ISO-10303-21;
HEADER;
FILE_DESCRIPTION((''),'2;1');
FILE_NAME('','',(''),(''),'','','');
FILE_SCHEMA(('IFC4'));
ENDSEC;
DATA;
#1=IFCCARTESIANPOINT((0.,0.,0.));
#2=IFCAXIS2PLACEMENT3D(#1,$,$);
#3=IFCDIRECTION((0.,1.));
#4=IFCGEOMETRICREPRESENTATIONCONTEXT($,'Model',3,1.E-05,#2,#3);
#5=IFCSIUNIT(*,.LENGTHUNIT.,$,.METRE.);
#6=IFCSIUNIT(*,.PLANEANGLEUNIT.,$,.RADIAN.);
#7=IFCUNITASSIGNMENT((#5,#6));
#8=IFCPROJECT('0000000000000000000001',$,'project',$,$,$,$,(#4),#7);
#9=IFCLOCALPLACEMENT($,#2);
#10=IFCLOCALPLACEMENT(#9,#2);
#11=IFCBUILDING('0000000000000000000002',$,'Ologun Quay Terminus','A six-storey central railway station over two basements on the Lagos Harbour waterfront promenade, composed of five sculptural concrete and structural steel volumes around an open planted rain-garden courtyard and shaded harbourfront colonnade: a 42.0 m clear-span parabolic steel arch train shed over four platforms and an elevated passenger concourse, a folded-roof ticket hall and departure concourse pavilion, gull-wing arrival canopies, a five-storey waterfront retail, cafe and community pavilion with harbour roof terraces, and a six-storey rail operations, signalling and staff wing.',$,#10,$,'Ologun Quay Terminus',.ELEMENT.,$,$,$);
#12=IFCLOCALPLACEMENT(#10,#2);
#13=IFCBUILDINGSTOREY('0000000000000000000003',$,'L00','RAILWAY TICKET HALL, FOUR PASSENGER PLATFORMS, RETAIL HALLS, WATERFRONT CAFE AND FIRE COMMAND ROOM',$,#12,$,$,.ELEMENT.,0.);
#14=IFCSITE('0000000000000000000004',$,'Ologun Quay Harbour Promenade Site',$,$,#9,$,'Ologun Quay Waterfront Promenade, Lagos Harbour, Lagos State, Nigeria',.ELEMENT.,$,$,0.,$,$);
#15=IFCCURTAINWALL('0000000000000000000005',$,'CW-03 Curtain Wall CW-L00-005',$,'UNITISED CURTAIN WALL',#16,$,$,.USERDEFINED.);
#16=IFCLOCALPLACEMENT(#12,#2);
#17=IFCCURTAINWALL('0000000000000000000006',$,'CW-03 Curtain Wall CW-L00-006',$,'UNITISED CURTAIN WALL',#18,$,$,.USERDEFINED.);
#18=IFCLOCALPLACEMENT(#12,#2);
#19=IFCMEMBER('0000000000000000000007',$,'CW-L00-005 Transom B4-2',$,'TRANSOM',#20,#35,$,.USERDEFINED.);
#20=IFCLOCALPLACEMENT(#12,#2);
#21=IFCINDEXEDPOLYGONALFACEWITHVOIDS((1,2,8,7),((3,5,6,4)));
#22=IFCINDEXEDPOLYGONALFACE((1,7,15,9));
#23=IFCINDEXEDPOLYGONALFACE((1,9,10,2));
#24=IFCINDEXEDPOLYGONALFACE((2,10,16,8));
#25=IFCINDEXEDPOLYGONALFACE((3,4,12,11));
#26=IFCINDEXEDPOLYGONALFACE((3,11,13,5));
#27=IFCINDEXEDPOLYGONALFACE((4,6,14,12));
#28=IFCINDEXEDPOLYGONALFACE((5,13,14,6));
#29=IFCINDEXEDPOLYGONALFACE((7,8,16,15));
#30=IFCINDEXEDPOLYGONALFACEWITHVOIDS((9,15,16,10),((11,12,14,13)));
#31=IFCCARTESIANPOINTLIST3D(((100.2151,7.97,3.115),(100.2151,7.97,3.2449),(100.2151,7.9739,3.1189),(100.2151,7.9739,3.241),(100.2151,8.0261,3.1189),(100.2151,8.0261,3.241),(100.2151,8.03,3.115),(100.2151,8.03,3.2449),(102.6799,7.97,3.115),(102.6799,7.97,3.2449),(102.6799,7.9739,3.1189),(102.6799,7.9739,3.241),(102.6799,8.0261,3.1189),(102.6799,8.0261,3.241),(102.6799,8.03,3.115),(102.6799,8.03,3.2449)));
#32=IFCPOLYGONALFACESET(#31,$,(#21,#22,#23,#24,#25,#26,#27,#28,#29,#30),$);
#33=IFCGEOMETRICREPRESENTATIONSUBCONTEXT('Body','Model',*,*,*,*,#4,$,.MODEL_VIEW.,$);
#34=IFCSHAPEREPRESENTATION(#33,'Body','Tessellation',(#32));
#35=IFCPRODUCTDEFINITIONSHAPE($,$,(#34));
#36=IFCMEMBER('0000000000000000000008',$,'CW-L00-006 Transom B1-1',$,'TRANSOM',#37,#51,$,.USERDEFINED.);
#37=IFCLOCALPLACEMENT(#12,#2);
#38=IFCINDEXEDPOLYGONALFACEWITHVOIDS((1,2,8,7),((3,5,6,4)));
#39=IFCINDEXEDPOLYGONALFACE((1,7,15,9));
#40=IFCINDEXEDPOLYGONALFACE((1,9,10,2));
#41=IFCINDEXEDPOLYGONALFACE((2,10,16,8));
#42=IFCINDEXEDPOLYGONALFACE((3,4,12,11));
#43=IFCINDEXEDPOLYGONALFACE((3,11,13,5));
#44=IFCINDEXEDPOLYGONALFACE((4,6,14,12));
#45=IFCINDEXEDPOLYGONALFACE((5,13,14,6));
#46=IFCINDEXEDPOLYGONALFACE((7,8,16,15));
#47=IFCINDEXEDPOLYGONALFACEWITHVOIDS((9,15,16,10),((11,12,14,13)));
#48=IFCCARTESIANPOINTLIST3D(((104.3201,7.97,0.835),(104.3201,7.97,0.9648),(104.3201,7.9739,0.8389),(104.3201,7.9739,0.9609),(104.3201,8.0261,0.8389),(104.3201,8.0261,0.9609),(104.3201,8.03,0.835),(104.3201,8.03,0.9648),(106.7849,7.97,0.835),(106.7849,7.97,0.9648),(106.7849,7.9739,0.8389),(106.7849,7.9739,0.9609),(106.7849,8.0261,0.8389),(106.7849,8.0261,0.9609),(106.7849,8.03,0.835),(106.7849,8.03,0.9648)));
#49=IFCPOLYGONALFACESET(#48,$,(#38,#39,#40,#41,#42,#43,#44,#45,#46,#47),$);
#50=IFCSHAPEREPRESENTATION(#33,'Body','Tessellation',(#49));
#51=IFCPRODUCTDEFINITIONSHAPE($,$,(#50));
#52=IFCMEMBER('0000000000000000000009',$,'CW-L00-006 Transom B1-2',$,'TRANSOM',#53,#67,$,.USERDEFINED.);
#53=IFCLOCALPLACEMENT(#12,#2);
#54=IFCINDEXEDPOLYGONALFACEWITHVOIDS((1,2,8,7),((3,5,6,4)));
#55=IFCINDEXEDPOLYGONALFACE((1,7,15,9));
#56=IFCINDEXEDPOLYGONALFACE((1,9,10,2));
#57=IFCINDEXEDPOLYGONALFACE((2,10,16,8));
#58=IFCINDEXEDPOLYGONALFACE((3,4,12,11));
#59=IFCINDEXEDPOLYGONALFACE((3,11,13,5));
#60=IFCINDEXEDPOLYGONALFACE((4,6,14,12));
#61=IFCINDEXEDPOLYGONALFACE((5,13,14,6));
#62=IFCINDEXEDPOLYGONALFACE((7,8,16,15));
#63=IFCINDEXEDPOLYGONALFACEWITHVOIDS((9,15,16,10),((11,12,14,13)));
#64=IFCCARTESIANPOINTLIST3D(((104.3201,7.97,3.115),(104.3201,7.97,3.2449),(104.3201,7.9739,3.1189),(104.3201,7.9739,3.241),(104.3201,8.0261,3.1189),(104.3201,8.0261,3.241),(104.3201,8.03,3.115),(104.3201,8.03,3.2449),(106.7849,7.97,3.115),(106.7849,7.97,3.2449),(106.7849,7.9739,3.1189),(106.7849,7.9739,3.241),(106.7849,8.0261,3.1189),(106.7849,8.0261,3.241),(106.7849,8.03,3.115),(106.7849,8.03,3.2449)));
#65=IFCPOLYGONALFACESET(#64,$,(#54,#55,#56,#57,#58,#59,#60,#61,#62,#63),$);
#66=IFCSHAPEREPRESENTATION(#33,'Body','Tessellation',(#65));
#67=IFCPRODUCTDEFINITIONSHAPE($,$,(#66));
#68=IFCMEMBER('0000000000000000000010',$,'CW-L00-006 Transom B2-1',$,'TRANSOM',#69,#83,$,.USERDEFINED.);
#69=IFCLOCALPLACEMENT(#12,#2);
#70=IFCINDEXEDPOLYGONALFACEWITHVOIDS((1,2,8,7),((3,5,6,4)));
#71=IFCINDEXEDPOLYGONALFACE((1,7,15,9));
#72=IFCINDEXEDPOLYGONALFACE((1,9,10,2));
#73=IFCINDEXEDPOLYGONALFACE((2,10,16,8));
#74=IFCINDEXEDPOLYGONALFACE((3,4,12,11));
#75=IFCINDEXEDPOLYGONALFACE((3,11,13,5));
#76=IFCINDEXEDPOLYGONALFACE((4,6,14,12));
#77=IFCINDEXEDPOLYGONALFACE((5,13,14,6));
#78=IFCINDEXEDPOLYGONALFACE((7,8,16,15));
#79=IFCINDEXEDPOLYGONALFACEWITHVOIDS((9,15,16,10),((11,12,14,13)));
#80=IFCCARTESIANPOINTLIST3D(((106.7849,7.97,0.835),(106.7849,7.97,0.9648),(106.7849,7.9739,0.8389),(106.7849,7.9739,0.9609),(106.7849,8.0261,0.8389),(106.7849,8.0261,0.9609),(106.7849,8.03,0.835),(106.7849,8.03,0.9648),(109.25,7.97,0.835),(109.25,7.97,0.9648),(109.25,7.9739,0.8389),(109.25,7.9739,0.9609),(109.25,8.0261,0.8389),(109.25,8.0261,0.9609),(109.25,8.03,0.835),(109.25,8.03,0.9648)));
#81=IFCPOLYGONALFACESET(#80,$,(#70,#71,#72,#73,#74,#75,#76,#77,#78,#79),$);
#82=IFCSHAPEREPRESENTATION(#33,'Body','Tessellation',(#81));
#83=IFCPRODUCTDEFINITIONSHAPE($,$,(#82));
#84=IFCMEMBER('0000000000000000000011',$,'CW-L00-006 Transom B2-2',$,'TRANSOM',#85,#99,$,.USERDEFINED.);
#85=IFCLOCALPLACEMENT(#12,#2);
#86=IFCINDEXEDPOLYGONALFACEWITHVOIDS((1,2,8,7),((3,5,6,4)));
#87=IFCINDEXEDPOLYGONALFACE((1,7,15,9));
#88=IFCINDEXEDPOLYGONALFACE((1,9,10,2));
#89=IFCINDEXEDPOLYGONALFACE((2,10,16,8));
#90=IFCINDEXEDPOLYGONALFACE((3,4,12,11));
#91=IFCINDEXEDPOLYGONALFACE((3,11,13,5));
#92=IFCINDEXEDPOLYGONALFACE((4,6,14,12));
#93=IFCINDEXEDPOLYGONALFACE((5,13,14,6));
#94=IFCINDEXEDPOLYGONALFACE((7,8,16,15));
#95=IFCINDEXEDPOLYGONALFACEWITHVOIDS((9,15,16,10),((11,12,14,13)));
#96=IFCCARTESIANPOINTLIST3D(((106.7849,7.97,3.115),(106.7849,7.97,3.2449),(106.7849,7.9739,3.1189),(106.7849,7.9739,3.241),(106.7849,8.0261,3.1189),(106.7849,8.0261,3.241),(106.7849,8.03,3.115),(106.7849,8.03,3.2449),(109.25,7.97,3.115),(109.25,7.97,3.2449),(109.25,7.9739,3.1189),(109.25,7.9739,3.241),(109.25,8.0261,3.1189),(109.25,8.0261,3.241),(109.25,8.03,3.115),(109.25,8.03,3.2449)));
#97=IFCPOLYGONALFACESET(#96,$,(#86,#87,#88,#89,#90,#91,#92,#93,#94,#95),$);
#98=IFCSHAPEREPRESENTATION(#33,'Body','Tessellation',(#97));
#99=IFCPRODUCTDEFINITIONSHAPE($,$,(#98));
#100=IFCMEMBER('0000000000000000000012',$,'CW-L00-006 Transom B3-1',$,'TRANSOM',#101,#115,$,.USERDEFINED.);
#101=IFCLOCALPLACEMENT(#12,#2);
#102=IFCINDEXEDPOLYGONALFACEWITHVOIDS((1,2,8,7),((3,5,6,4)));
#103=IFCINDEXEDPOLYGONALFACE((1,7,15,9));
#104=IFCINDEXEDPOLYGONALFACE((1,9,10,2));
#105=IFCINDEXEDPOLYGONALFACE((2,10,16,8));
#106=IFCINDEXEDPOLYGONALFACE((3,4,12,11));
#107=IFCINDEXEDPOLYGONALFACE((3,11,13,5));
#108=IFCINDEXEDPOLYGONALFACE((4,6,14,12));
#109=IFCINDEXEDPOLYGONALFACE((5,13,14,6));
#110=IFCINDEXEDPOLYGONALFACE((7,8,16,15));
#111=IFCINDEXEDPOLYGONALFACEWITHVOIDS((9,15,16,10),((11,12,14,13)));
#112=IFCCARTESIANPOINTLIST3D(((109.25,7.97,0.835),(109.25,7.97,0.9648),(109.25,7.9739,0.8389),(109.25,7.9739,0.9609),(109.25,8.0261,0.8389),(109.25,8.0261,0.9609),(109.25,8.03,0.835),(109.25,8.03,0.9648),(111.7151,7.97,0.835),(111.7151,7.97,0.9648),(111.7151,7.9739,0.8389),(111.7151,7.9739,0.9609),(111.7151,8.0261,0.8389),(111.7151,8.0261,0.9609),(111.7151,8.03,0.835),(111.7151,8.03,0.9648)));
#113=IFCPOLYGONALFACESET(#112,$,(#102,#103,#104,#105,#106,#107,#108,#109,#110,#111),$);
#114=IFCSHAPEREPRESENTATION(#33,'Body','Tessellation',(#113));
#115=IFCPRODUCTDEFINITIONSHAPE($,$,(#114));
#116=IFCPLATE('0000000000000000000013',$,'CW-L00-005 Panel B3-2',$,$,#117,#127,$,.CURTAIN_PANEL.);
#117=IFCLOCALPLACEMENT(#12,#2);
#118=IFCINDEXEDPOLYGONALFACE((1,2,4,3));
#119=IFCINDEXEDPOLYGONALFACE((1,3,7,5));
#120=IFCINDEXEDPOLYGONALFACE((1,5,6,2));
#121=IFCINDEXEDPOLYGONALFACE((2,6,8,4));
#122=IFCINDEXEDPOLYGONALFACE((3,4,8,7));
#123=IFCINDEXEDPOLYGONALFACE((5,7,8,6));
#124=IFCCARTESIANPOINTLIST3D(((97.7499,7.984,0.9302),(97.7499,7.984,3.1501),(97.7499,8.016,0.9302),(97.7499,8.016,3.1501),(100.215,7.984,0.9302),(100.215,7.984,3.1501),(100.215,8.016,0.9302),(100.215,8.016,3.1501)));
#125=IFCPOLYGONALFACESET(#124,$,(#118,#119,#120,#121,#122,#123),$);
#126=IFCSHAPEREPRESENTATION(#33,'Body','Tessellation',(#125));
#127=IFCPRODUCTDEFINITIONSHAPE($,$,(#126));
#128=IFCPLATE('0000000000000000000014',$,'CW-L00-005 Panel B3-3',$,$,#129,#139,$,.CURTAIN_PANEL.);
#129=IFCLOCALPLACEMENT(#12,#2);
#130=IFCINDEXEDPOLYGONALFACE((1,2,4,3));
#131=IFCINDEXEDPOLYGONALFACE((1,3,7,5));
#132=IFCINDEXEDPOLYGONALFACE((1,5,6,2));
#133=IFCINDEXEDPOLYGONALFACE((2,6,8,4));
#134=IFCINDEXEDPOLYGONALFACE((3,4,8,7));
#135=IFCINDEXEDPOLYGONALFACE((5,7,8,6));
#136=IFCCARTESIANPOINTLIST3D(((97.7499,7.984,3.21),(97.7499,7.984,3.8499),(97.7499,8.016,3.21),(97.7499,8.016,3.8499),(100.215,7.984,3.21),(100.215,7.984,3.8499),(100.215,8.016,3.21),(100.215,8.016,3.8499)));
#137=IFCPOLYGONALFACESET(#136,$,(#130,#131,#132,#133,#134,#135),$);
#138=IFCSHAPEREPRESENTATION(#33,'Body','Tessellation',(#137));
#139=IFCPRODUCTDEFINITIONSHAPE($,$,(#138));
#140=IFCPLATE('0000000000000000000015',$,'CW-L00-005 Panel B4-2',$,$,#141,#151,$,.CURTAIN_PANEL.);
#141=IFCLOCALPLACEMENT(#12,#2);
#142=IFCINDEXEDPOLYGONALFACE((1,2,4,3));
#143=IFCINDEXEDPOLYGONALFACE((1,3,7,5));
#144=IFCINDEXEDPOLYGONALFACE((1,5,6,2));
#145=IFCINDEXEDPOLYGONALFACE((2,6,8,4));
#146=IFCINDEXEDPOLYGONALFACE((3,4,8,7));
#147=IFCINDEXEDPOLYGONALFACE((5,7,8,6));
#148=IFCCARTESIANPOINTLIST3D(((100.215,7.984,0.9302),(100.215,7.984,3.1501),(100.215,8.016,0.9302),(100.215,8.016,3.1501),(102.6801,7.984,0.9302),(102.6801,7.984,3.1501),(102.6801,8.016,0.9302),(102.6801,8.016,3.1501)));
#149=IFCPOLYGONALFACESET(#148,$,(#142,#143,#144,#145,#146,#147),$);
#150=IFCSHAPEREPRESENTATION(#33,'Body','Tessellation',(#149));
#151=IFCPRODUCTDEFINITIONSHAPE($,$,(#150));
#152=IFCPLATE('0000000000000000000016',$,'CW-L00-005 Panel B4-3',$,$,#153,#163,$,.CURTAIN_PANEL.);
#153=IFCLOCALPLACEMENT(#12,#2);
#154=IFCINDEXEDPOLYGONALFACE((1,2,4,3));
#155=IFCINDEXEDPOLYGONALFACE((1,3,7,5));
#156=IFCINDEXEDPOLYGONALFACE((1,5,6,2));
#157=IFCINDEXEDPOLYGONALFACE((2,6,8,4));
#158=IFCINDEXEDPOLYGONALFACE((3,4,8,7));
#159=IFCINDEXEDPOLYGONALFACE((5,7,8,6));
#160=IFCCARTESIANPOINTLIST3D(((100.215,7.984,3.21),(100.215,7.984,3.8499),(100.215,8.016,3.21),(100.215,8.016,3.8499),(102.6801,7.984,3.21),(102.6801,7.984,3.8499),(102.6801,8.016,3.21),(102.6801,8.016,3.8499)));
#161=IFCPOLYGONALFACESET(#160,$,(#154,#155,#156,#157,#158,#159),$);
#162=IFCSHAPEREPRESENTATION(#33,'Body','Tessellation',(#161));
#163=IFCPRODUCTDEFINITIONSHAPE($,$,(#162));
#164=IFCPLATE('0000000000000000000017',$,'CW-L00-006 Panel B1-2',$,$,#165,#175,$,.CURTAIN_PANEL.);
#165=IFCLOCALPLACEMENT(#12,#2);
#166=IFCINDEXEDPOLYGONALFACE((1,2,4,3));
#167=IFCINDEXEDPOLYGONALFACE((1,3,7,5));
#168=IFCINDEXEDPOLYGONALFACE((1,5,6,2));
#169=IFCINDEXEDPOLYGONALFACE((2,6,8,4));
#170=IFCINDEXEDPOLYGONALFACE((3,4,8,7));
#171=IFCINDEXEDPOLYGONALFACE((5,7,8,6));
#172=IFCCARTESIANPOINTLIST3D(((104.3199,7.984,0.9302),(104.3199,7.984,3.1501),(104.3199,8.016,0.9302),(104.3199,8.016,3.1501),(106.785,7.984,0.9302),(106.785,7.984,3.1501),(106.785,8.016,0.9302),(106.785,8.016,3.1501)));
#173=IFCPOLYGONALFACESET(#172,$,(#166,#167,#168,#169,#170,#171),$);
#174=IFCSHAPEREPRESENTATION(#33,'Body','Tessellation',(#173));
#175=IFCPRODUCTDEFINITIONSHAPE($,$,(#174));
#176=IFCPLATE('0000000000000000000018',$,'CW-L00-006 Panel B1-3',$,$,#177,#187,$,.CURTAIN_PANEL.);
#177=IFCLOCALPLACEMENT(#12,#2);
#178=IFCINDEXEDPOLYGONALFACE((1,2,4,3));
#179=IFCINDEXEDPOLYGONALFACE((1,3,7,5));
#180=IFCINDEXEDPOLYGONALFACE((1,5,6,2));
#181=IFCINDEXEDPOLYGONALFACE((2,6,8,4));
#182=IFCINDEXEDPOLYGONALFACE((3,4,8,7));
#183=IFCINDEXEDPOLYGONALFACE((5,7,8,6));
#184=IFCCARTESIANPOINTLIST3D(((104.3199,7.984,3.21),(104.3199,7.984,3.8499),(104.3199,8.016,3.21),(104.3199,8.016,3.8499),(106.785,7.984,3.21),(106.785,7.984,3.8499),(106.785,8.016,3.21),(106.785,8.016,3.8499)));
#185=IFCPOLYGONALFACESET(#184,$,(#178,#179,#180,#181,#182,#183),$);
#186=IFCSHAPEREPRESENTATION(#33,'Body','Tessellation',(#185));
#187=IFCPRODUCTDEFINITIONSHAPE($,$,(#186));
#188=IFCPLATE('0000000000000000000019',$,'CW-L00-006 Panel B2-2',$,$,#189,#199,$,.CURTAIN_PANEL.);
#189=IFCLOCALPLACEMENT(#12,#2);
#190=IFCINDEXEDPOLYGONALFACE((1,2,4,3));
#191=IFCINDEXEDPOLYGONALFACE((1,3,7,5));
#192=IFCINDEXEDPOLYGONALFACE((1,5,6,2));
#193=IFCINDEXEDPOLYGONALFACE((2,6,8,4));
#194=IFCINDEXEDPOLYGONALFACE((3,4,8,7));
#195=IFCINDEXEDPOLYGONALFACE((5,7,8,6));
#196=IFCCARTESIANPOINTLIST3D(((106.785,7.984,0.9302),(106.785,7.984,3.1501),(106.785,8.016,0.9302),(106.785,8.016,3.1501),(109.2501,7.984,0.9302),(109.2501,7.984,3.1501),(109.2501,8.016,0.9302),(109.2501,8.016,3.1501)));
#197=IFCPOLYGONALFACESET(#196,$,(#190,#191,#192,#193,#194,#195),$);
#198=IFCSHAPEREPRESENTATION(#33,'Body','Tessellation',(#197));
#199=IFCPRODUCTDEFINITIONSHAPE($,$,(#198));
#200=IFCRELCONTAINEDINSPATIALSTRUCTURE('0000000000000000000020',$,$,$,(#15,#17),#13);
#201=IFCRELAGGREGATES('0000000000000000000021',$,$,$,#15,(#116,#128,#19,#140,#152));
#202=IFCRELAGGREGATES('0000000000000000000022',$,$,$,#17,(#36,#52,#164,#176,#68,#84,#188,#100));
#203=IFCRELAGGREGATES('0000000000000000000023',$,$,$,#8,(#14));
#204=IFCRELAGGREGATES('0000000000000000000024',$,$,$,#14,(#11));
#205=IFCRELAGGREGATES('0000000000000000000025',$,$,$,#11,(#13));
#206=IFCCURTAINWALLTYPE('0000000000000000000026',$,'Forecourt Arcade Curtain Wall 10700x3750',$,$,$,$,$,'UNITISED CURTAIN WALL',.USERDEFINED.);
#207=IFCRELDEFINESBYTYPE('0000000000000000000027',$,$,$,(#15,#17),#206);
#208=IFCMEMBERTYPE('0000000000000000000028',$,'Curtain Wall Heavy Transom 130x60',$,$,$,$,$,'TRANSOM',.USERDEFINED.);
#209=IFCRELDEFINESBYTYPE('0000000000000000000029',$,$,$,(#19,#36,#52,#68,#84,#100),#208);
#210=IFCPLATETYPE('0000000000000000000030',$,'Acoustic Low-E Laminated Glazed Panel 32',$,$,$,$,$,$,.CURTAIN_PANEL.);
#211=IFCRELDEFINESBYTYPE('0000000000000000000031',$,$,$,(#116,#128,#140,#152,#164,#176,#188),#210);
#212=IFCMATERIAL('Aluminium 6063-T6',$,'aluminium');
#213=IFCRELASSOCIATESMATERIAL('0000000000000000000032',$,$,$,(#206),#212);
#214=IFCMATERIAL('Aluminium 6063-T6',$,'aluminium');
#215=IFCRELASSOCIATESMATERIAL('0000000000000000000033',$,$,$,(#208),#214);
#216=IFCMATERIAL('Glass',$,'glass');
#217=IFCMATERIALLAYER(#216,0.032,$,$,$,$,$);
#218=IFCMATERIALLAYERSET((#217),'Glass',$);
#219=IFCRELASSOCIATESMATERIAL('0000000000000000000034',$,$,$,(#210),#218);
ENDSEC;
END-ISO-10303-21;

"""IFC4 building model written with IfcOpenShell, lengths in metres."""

from ifc_helpers import new_model, si_unit, direction, frame, origin, origin_2d, place, context, subcontext, project, spatial, rectangle, hollow_rectangle, extrude, material, layer, layer_set, material_profile, profile_set, type_object, element, aggregate, save


model = new_model("IFC4")

# Units and contexts
model_context = context("Model", 3, precision=1e-05, world=origin(), true_north=direction((0.0, 1.0)))
body_context = subcontext(model_context, "Body", "Model", "MODEL_VIEW")
ifc_project = project(units=[si_unit("LENGTHUNIT", "METRE"), si_unit("PLANEANGLEUNIT", "RADIAN")], contexts=[model_context])

# Site, building, storey
site_placement = place(None, origin())
site = spatial("IfcSite", under=ifc_project, at=site_placement, Name="Ologun Quay Harbour Promenade Site", LongName="Ologun Quay Waterfront Promenade, Lagos Harbour, Lagos State, Nigeria", CompositionType="ELEMENT", RefElevation=0.0)
building_placement = place(site_placement, origin())
building = spatial("IfcBuilding", under=site, at=building_placement, Name="Ologun Quay Terminus", Description="A six-storey central railway station over two basements on the Lagos Harbour waterfront promenade, composed of five sculptural concrete and structural steel volumes around an open planted rain-garden courtyard and shaded harbourfront colonnade: a 42.0 m clear-span parabolic steel arch train shed over four platforms and an elevated passenger concourse, a folded-roof ticket hall and departure concourse pavilion, gull-wing arrival canopies, a five-storey waterfront retail, cafe and community pavilion with harbour roof terraces, and a six-storey rail operations, signalling and staff wing.", LongName="Ologun Quay Terminus", CompositionType="ELEMENT")
storey_placement = place(building_placement, origin())
storey = spatial("IfcBuildingStorey", under=building, at=storey_placement, Name="L00", Description="RAILWAY TICKET HALL, FOUR PASSENGER PLATFORMS, RETAIL HALLS, WATERFRONT CAFE AND FIRE COMMAND ROOM", CompositionType="ELEMENT", Elevation=0.0)

# Curtain walls
ifc_material_1 = material(Name="Aluminium 6063-T6", Category="aluminium")
curtain_wall_type = type_object("IfcCurtainWallType", Name="Forecourt Arcade Curtain Wall 10700x3750", ElementType="UNITISED CURTAIN WALL", PredefinedType="USERDEFINED", material=ifc_material_1)
curtain_wall_1_placement = place(storey_placement, origin())
curtain_wall_1 = element("IfcCurtainWall", 1, at=curtain_wall_1_placement, inside=storey, type_object=curtain_wall_type, Name="CW-03 Curtain Wall CW-L00-005", ObjectType="UNITISED CURTAIN WALL", PredefinedType="USERDEFINED")
curtain_wall_2_placement = place(storey_placement, origin())
curtain_wall_2 = element("IfcCurtainWall", 2, at=curtain_wall_2_placement, inside=storey, type_object=curtain_wall_type, Name="CW-03 Curtain Wall CW-L00-006", ObjectType="UNITISED CURTAIN WALL", PredefinedType="USERDEFINED")

# Members
ifc_material_2 = material(Name="Aluminium 6063-T6", Category="aluminium")
ifc_material_profile_1 = material_profile(ifc_material_2, hollow_rectangle(XDim=0.0601, YDim=0.1299, WallThickness=0.0039, at=origin_2d()), Name="ALU 130x60x4")
ifc_profile_set_1 = profile_set([ifc_material_profile_1], Name="Aluminium 6063-T6")
member_type_1 = type_object("IfcMemberType", Name="Curtain Wall Heavy Transom 130x60", ElementType="TRANSOM", PredefinedType="USERDEFINED", material=ifc_profile_set_1)
member_1_placement = place(storey_placement, frame((100.2151, 8.0, 3.1799), z_axis=(1.0, 0.0, 0.0), x_axis=(0.0, 1.0, 0.0)))
member_1 = element("IfcMember", 3, at=member_1_placement, type_object=member_type_1, Name="CW-L00-005 Transom B4-2", ObjectType="TRANSOM", PredefinedType="USERDEFINED", context=body_context, shape_type="SweptSolid", body=[
    extrude(hollow_rectangle(XDim=0.0601, YDim=0.1299, WallThickness=0.0039, at=origin_2d()), origin(), (0.0, 0.0, 1.0), 2.4648),
])
member_2_placement = place(storey_placement, frame((104.3201, 8.0, 0.8999), z_axis=(1.0, 0.0, 0.0), x_axis=(0.0, 1.0, 0.0)))
member_2 = element("IfcMember", 4, at=member_2_placement, type_object=member_type_1, Name="CW-L00-006 Transom B1-1", ObjectType="TRANSOM", PredefinedType="USERDEFINED", context=body_context, shape_type="SweptSolid", body=[
    extrude(hollow_rectangle(XDim=0.0601, YDim=0.1299, WallThickness=0.0039, at=origin_2d()), origin(), (0.0, 0.0, 1.0), 2.4648),
])
member_3_placement = place(storey_placement, frame((104.3201, 8.0, 3.1799), z_axis=(1.0, 0.0, 0.0), x_axis=(0.0, 1.0, 0.0)))
member_3 = element("IfcMember", 5, at=member_3_placement, type_object=member_type_1, Name="CW-L00-006 Transom B1-2", ObjectType="TRANSOM", PredefinedType="USERDEFINED", context=body_context, shape_type="SweptSolid", body=[
    extrude(hollow_rectangle(XDim=0.0601, YDim=0.1299, WallThickness=0.0039, at=origin_2d()), origin(), (0.0, 0.0, 1.0), 2.4648),
])
member_4_placement = place(storey_placement, frame((106.7849, 8.0, 0.8999), z_axis=(1.0, 0.0, 0.0), x_axis=(0.0, 1.0, 0.0)))
member_4 = element("IfcMember", 6, at=member_4_placement, type_object=member_type_1, Name="CW-L00-006 Transom B2-1", ObjectType="TRANSOM", PredefinedType="USERDEFINED", context=body_context, shape_type="SweptSolid", body=[
    extrude(hollow_rectangle(XDim=0.0601, YDim=0.1299, WallThickness=0.0039, at=origin_2d()), origin(), (0.0, 0.0, 1.0), 2.4651),
])
member_5_placement = place(storey_placement, frame((106.7849, 8.0, 3.1799), z_axis=(1.0, 0.0, 0.0), x_axis=(0.0, 1.0, 0.0)))
member_5 = element("IfcMember", 7, at=member_5_placement, type_object=member_type_1, Name="CW-L00-006 Transom B2-2", ObjectType="TRANSOM", PredefinedType="USERDEFINED", context=body_context, shape_type="SweptSolid", body=[
    extrude(hollow_rectangle(XDim=0.0601, YDim=0.1299, WallThickness=0.0039, at=origin_2d()), origin(), (0.0, 0.0, 1.0), 2.4651),
])
member_6_placement = place(storey_placement, frame((109.25, 8.0, 0.8999), z_axis=(1.0, 0.0, 0.0), x_axis=(0.0, 1.0, 0.0)))
member_6 = element("IfcMember", 8, at=member_6_placement, type_object=member_type_1, Name="CW-L00-006 Transom B3-1", ObjectType="TRANSOM", PredefinedType="USERDEFINED", context=body_context, shape_type="SweptSolid", body=[
    extrude(hollow_rectangle(XDim=0.0601, YDim=0.1299, WallThickness=0.0039, at=origin_2d()), origin(), (0.0, 0.0, 1.0), 2.4651),
])

# Plates
ifc_material_3 = material(Name="Glass", Category="glass")
ifc_layer_1 = layer(ifc_material_3, 0.032)
ifc_layer_set_1 = layer_set([ifc_layer_1], Name="Glass")
plate_type_1 = type_object("IfcPlateType", Name="Acoustic Low-E Laminated Glazed Panel 32", PredefinedType="CURTAIN_PANEL", material=ifc_layer_set_1)
plate_1_placement = place(storey_placement, frame((98.9824, 8.0, 0.9302), z_axis=(0.0, 0.0, 1.0), x_axis=(1.0, 0.0, 0.0)))
plate_1 = element("IfcPlate", 9, at=plate_1_placement, type_object=plate_type_1, Name="CW-L00-005 Panel B3-2", PredefinedType="CURTAIN_PANEL", context=body_context, shape_type="SweptSolid", body=[
    extrude(rectangle(XDim=2.4651, YDim=0.032, at=origin_2d()), origin(), (0.0, 0.0, 1.0), 2.22),
])
plate_2_placement = place(storey_placement, frame((98.9824, 8.0, 3.21), z_axis=(0.0, 0.0, 1.0), x_axis=(1.0, 0.0, 0.0)))
plate_2 = element("IfcPlate", 10, at=plate_2_placement, type_object=plate_type_1, Name="CW-L00-005 Panel B3-3", PredefinedType="CURTAIN_PANEL", context=body_context, shape_type="SweptSolid", body=[
    extrude(rectangle(XDim=2.4651, YDim=0.032, at=origin_2d()), origin(), (0.0, 0.0, 1.0), 0.6399),
])
plate_3_placement = place(storey_placement, frame((101.4475, 8.0, 0.9302), z_axis=(0.0, 0.0, 1.0), x_axis=(1.0, 0.0, 0.0)))
plate_3 = element("IfcPlate", 11, at=plate_3_placement, type_object=plate_type_1, Name="CW-L00-005 Panel B4-2", PredefinedType="CURTAIN_PANEL", context=body_context, shape_type="SweptSolid", body=[
    extrude(rectangle(XDim=2.4651, YDim=0.032, at=origin_2d()), origin(), (0.0, 0.0, 1.0), 2.22),
])
plate_4_placement = place(storey_placement, frame((101.4475, 8.0, 3.21), z_axis=(0.0, 0.0, 1.0), x_axis=(1.0, 0.0, 0.0)))
plate_4 = element("IfcPlate", 12, at=plate_4_placement, type_object=plate_type_1, Name="CW-L00-005 Panel B4-3", PredefinedType="CURTAIN_PANEL", context=body_context, shape_type="SweptSolid", body=[
    extrude(rectangle(XDim=2.4651, YDim=0.032, at=origin_2d()), origin(), (0.0, 0.0, 1.0), 0.6399),
])
plate_5_placement = place(storey_placement, frame((105.5525, 8.0, 0.9302), z_axis=(0.0, 0.0, 1.0), x_axis=(1.0, 0.0, 0.0)))
plate_5 = element("IfcPlate", 13, at=plate_5_placement, type_object=plate_type_1, Name="CW-L00-006 Panel B1-2", PredefinedType="CURTAIN_PANEL", context=body_context, shape_type="SweptSolid", body=[
    extrude(rectangle(XDim=2.4651, YDim=0.032, at=origin_2d()), origin(), (0.0, 0.0, 1.0), 2.22),
])
plate_6_placement = place(storey_placement, frame((105.5525, 8.0, 3.21), z_axis=(0.0, 0.0, 1.0), x_axis=(1.0, 0.0, 0.0)))
plate_6 = element("IfcPlate", 14, at=plate_6_placement, type_object=plate_type_1, Name="CW-L00-006 Panel B1-3", PredefinedType="CURTAIN_PANEL", context=body_context, shape_type="SweptSolid", body=[
    extrude(rectangle(XDim=2.4651, YDim=0.032, at=origin_2d()), origin(), (0.0, 0.0, 1.0), 0.6399),
])
plate_7_placement = place(storey_placement, frame((108.0176, 8.0, 0.9302), z_axis=(0.0, 0.0, 1.0), x_axis=(1.0, 0.0, 0.0)))
plate_7 = element("IfcPlate", 15, at=plate_7_placement, type_object=plate_type_1, Name="CW-L00-006 Panel B2-2", PredefinedType="CURTAIN_PANEL", context=body_context, shape_type="SweptSolid", body=[
    extrude(rectangle(XDim=2.4651, YDim=0.032, at=origin_2d()), origin(), (0.0, 0.0, 1.0), 2.22),
])
aggregate(curtain_wall_1, [plate_1, plate_2, member_1, plate_3, plate_4])
aggregate(curtain_wall_2, [member_2, member_3, plate_5, plate_6, member_4, member_5, plate_7, member_6])

save(model, "model.ifc")
